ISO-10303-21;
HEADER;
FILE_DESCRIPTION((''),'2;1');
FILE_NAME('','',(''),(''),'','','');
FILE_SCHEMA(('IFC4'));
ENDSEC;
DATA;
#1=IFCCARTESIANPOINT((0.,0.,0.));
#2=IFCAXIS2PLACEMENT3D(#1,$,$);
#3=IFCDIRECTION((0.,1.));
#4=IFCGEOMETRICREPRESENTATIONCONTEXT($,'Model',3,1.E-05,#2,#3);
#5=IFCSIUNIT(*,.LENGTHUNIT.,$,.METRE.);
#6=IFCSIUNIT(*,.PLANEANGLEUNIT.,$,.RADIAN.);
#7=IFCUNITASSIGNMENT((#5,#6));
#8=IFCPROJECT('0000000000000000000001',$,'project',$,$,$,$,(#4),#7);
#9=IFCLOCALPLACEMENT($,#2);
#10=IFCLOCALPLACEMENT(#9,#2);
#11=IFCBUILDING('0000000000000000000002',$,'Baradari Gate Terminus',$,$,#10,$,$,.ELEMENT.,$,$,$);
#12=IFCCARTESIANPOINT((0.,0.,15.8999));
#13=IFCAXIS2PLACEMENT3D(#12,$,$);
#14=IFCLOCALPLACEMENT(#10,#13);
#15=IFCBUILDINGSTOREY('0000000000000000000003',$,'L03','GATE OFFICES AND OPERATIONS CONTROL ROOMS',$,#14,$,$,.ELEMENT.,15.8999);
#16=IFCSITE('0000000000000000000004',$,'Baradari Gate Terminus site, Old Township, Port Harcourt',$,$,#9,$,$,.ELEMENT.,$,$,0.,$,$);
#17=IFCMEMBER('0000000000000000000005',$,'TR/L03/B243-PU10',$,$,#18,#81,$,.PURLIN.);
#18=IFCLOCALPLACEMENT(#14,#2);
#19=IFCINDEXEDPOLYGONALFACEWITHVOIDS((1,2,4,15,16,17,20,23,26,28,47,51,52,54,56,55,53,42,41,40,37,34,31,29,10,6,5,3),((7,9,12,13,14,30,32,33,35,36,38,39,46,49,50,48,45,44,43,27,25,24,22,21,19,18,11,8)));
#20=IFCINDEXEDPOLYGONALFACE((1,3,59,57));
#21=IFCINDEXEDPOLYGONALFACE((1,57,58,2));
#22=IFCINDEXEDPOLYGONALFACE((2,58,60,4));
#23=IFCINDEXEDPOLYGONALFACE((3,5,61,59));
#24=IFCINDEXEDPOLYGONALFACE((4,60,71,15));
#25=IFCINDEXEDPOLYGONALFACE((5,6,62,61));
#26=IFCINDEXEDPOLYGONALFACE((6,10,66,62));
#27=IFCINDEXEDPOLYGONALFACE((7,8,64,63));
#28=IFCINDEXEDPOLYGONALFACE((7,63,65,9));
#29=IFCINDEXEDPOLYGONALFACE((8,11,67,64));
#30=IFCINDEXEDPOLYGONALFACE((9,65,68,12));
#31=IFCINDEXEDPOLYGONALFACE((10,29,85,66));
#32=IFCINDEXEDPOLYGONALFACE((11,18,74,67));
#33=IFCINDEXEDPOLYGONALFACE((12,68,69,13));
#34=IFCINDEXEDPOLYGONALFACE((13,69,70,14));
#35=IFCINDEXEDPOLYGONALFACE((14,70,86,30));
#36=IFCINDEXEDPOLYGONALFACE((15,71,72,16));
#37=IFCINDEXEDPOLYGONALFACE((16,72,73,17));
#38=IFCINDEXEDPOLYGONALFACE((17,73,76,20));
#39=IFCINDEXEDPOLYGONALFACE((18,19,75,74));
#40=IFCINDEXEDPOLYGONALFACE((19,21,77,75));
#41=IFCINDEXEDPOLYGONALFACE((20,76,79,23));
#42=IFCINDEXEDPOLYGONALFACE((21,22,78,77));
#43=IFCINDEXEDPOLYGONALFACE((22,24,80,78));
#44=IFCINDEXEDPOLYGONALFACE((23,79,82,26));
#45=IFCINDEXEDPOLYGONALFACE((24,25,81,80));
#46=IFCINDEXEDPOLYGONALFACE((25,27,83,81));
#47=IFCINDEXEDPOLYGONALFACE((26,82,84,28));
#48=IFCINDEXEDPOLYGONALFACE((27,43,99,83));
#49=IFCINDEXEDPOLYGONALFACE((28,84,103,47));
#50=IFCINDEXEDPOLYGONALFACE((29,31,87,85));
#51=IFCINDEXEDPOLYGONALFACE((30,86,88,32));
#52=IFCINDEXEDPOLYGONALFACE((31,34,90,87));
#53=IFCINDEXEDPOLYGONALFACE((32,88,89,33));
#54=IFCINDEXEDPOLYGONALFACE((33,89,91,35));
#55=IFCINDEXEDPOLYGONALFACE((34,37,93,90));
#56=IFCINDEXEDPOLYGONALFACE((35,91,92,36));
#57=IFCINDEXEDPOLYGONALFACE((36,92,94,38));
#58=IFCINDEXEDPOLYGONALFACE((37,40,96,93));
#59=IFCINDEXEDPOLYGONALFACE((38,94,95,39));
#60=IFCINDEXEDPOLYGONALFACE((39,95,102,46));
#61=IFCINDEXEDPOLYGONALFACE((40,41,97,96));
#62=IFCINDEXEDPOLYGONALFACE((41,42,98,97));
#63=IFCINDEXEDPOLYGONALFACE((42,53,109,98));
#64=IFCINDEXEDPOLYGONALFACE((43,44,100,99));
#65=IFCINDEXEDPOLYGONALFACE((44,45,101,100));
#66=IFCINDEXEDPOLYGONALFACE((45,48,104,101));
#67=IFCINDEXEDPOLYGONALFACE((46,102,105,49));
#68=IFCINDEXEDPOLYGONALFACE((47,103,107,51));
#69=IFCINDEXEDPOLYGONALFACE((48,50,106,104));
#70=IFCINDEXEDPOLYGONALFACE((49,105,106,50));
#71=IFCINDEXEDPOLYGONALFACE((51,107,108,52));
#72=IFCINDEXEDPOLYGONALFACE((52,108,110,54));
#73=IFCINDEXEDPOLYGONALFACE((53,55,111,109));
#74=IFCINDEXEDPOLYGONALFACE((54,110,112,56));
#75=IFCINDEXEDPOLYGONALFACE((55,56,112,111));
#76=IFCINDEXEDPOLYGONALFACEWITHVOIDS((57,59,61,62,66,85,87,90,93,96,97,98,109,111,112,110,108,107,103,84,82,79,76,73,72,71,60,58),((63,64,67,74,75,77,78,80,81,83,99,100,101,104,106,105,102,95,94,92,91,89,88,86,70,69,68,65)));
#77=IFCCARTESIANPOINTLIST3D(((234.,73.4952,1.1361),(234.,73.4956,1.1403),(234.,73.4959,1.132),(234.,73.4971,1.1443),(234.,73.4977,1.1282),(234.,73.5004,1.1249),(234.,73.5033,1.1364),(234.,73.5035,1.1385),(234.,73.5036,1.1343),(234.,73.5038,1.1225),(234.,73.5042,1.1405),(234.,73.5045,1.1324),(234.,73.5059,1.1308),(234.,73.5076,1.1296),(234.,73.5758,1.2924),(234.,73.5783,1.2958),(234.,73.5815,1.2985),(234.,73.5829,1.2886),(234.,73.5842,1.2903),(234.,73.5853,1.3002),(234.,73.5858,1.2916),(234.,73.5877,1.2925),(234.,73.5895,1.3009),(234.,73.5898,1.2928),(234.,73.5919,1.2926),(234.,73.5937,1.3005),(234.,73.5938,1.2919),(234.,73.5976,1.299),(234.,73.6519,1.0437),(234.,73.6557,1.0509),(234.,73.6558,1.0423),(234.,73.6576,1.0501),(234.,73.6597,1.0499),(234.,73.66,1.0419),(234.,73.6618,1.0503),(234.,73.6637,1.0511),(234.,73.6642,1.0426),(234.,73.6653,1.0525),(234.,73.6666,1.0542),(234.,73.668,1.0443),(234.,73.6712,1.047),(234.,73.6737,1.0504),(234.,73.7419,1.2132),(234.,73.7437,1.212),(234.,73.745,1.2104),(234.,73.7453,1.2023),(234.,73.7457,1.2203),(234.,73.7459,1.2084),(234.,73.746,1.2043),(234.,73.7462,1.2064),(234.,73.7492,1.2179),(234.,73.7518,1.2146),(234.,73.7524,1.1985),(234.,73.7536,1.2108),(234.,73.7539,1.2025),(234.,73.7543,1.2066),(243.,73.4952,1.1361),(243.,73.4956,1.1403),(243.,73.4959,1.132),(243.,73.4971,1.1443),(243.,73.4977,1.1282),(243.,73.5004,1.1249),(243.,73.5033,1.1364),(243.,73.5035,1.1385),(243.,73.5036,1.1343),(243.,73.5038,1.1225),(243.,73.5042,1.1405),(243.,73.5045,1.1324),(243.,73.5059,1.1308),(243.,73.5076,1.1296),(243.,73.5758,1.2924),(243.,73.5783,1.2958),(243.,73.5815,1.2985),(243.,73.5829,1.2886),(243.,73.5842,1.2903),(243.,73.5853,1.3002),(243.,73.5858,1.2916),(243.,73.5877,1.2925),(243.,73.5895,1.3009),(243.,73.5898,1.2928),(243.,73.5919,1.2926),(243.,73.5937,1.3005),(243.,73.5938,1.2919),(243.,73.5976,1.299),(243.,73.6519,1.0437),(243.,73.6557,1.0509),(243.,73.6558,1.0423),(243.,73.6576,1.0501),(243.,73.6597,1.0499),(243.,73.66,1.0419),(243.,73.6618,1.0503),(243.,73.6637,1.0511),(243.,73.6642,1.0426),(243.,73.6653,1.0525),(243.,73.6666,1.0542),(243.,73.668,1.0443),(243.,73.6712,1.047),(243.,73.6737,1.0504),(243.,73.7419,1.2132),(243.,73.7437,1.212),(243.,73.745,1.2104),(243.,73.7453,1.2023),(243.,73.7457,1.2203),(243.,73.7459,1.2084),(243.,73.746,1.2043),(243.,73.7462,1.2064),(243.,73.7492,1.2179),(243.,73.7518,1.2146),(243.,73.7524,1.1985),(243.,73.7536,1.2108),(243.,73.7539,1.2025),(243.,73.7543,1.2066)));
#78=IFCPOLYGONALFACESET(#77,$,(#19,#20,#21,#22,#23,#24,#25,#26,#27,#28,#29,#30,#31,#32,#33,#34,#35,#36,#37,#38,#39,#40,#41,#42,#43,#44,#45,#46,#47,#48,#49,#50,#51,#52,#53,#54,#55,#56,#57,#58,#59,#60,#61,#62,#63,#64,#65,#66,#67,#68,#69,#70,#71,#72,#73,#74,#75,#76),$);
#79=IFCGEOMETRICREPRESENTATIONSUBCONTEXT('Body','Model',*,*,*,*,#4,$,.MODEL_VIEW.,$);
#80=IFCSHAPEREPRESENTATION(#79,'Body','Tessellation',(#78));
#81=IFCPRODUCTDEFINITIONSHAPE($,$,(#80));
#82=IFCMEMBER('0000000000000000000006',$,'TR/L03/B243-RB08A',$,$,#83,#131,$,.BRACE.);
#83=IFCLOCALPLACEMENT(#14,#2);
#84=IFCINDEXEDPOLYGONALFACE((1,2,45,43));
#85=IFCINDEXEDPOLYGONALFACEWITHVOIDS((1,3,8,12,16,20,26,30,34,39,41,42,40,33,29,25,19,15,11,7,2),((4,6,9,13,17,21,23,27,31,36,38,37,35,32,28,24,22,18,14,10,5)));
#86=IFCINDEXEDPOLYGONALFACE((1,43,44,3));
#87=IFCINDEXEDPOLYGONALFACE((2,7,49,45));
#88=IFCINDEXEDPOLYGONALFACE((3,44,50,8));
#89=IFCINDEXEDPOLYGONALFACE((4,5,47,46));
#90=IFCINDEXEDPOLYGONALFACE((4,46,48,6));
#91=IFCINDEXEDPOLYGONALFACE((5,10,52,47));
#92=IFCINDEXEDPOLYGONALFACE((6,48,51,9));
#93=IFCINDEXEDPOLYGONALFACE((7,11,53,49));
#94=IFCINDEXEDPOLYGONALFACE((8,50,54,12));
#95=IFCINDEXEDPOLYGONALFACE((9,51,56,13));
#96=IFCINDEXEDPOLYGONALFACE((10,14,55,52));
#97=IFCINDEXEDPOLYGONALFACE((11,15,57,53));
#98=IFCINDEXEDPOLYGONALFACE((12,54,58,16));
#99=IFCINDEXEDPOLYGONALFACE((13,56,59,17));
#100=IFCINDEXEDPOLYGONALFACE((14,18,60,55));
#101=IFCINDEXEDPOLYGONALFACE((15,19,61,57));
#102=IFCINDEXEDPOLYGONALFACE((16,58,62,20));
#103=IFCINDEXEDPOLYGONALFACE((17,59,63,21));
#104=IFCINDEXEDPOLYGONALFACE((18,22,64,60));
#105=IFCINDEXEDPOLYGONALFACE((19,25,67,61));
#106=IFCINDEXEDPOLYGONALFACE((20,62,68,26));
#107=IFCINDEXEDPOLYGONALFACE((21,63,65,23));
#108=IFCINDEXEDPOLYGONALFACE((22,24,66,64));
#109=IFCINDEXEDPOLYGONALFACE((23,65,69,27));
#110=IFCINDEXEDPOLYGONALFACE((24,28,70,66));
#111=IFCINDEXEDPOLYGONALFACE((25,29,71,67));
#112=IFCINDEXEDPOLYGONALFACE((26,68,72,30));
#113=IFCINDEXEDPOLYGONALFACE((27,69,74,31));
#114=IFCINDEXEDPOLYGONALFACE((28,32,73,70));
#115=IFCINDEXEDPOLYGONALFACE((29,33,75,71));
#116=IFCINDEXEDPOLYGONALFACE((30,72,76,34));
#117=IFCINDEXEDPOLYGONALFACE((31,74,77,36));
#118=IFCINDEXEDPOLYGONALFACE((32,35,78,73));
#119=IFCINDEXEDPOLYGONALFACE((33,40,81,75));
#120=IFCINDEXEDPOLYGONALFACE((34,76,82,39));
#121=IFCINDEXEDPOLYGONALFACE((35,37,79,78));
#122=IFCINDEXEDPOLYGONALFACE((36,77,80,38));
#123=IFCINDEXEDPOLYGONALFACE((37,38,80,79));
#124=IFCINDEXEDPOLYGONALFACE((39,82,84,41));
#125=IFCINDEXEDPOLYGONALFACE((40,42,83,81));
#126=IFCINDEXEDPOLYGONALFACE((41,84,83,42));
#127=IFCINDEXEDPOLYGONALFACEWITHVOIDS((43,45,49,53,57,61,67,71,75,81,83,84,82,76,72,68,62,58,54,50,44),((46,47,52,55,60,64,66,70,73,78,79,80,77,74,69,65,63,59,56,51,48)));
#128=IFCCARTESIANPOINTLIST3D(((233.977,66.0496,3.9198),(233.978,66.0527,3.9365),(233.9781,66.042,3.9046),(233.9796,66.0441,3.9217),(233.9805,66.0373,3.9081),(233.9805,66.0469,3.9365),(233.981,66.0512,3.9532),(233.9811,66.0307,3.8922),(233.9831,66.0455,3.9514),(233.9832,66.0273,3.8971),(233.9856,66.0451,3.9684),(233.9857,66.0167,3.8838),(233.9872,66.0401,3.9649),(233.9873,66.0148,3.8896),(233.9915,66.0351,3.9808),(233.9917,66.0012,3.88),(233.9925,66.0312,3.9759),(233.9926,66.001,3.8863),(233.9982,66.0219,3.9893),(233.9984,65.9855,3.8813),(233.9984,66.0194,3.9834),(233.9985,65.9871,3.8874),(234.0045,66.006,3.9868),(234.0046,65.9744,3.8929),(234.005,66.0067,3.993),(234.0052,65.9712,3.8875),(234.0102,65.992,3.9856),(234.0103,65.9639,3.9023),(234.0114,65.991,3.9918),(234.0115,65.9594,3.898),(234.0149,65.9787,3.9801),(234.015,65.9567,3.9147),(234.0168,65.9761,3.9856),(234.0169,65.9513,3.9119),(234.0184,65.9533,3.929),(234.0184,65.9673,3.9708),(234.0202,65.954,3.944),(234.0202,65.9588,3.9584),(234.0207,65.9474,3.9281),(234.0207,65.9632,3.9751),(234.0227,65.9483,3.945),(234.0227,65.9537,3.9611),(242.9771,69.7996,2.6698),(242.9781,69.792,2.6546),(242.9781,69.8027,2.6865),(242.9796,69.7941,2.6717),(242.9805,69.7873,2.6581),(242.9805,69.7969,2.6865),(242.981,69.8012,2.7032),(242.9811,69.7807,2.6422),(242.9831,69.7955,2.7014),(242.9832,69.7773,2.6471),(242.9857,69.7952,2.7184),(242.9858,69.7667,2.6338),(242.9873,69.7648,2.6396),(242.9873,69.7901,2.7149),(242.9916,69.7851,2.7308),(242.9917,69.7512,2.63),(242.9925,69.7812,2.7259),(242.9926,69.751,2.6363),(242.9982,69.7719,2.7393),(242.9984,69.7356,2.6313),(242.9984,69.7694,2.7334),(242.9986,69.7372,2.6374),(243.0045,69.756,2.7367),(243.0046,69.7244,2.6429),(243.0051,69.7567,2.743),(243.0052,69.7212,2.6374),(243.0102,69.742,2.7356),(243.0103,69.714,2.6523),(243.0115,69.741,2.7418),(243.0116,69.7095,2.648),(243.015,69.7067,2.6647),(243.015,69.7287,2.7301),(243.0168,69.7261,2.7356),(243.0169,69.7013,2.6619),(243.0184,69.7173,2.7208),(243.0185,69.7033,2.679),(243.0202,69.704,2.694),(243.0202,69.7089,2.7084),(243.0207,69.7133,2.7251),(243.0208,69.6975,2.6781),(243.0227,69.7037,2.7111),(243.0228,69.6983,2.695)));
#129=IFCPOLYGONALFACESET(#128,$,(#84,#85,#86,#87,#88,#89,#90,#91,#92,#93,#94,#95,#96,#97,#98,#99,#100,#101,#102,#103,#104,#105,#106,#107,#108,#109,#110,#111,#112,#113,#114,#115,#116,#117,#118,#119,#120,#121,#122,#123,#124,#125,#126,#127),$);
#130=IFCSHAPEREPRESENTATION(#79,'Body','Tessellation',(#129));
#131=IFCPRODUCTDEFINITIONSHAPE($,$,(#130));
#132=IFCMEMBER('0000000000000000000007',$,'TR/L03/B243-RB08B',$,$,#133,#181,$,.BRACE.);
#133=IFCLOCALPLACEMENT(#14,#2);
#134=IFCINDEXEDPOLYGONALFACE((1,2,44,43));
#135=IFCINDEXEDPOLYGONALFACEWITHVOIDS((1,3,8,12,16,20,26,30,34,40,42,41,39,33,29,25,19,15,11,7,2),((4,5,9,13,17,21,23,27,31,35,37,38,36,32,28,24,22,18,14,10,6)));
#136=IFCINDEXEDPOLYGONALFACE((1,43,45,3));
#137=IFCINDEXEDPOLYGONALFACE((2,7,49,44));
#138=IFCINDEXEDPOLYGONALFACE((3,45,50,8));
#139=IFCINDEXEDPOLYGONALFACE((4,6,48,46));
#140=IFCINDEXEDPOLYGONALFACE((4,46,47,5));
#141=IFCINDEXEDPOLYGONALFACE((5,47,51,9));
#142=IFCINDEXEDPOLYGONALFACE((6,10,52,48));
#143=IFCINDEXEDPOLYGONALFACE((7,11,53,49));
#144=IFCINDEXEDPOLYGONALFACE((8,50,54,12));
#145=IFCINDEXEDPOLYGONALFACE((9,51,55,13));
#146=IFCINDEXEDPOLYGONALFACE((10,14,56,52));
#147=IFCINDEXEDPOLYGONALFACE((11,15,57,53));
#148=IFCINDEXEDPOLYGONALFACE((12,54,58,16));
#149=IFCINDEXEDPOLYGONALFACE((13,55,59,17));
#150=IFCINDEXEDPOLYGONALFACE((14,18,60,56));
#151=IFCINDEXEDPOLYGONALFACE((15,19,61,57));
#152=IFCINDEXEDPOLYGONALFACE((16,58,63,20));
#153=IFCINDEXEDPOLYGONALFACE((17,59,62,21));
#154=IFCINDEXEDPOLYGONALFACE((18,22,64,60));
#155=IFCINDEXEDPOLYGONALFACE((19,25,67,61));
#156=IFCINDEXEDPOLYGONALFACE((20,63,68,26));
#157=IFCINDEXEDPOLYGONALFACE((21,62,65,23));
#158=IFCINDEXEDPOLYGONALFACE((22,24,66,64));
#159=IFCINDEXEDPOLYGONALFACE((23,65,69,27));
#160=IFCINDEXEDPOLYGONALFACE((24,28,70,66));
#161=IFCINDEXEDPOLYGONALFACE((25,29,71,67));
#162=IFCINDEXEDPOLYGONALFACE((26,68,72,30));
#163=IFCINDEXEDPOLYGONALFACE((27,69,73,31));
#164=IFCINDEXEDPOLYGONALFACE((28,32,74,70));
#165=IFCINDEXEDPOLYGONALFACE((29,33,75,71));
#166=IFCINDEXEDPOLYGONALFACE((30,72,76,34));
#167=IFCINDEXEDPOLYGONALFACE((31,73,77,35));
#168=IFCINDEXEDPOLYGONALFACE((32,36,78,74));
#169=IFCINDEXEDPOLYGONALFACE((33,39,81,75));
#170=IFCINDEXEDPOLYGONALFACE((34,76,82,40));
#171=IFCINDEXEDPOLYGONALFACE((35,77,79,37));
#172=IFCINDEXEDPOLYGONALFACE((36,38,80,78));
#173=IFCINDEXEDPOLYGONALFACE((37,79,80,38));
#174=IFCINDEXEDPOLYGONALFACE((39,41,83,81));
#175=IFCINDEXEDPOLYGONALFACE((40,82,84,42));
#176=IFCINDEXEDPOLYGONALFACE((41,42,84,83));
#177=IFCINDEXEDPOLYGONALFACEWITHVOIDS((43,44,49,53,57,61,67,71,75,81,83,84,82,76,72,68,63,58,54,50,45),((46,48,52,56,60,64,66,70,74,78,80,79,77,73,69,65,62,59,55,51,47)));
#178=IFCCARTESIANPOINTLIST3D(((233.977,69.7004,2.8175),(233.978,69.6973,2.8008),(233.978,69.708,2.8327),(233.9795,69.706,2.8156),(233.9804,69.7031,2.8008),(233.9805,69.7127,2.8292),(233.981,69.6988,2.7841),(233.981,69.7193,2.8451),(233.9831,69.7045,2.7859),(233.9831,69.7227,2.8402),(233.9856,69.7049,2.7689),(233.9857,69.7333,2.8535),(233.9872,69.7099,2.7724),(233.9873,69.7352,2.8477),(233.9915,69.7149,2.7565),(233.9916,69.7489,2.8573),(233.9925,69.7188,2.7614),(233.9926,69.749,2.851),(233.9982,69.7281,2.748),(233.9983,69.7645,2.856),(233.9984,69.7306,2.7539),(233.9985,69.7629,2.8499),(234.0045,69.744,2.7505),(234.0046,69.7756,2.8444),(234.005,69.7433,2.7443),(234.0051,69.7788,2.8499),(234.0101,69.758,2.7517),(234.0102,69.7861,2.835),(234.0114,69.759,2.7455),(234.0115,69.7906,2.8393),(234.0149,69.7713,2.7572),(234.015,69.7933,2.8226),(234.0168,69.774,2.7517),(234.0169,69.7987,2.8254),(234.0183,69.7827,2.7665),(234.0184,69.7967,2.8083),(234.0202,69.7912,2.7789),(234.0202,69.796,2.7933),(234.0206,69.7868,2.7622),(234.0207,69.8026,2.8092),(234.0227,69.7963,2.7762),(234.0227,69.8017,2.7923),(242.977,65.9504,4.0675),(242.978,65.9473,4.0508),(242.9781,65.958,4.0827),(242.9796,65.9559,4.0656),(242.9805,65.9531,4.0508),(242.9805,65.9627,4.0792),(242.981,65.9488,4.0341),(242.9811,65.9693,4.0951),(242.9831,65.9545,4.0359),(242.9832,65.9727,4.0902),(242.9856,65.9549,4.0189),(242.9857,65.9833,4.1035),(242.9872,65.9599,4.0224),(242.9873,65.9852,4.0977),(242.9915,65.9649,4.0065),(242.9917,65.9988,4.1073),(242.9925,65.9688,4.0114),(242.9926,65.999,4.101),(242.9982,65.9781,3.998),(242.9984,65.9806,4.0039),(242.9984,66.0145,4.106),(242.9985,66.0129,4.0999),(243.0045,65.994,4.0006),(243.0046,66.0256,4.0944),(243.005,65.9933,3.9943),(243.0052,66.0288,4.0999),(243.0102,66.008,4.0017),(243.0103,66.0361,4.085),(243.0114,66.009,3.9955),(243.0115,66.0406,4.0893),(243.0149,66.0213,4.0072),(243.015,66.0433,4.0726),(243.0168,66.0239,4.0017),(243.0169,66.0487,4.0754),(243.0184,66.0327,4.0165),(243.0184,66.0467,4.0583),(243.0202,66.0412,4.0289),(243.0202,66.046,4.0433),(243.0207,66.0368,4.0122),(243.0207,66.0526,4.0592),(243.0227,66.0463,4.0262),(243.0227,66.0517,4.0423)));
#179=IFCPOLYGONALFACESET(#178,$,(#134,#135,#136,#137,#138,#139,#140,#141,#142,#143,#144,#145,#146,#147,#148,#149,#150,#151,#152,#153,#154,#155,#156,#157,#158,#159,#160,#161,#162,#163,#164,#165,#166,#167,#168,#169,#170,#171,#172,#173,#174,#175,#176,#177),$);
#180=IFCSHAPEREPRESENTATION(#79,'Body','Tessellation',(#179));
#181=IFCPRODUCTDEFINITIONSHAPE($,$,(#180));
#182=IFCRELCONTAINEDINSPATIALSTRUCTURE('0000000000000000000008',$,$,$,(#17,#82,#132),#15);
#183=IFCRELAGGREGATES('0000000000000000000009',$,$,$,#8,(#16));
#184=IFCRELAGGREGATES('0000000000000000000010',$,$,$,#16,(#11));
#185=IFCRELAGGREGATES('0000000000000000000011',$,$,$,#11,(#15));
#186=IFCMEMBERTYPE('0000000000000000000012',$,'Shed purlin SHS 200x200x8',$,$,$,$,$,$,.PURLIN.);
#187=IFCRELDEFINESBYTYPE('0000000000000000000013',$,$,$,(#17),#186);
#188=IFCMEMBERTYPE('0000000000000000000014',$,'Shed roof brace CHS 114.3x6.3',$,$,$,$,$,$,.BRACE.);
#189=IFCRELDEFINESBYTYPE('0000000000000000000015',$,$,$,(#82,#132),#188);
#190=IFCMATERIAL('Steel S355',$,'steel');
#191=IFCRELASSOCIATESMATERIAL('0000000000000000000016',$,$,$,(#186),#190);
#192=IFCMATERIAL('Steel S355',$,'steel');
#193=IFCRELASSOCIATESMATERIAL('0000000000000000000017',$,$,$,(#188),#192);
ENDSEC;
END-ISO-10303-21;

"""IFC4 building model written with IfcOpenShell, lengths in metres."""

from ifc_helpers import new_model, si_unit, direction, frame, origin, origin_2d, place, context, subcontext, project, spatial, hollow_rectangle, hollow_circle, extrude, material, material_profile, profile_set, type_object, element, save


model = new_model("IFC4")

# Units and contexts
model_context = context("Model", 3, precision=1e-05, world=origin(), true_north=direction((0.0, 1.0)))
body_context = subcontext(model_context, "Body", "Model", "MODEL_VIEW")
ifc_project = project(units=[si_unit("LENGTHUNIT", "METRE"), si_unit("PLANEANGLEUNIT", "RADIAN")], contexts=[model_context])

# Site, building, storey
site_placement = place(None, origin())
site = spatial("IfcSite", under=ifc_project, at=site_placement, Name="Baradari Gate Terminus site, Old Township, Port Harcourt", CompositionType="ELEMENT", RefElevation=0.0)
building_placement = place(site_placement, origin())
building = spatial("IfcBuilding", under=site, at=building_placement, Name="Baradari Gate Terminus", CompositionType="ELEMENT")
storey_placement = place(building_placement, frame((0.0, 0.0, 15.8999)))
storey = spatial("IfcBuildingStorey", under=building, at=storey_placement, Name="L03", Description="GATE OFFICES AND OPERATIONS CONTROL ROOMS", CompositionType="ELEMENT", Elevation=15.8999)

# Members
ifc_material_1 = material(Name="Steel S355", Category="steel")
ifc_material_profile_1 = material_profile(ifc_material_1, hollow_rectangle(XDim=0.2, YDim=0.2, WallThickness=0.0081, InnerFilletRadius=0.0081, OuterFilletRadius=0.0161, at=origin_2d()), Name="SHS 200x200x8")
ifc_profile_set_1 = profile_set([ifc_material_profile_1], Name="Steel S355")
member_type_1 = type_object("IfcMemberType", Name="Shed purlin SHS 200x200x8", PredefinedType="PURLIN", material=ifc_profile_set_1)
for number, where, z_axis, x_axis, name in (
    (1, (234.0, 73.6248, 1.1714), (1.0, 0.0, 0.0), (0.0, 0.883027, -0.469322), "TR/L03/B243-PU10"),
):
    element("IfcMember", number, at=place(storey_placement, frame(where, z_axis=z_axis, x_axis=x_axis)), inside=storey, type_object=member_type_1, Name=name, PredefinedType="PURLIN", context=body_context, shape_type="SweptSolid", body=[
        extrude(hollow_rectangle(XDim=0.2, YDim=0.2, WallThickness=0.0081, InnerFilletRadius=0.0081, OuterFilletRadius=0.0161, at=origin_2d()), origin(), (0.0, 0.0, 1.0), 9.0),
    ])
ifc_material_2 = material(Name="Steel S355", Category="steel")
ifc_material_profile_2 = material_profile(ifc_material_2, hollow_circle(Radius=0.0571, WallThickness=0.0063, at=origin_2d()), Name="CHS 114.3x6.3")
ifc_profile_set_2 = profile_set([ifc_material_profile_2], Name="Steel S355")
member_type_2 = type_object("IfcMemberType", Name="Shed roof brace CHS 114.3x6.3", PredefinedType="BRACE", material=ifc_profile_set_2)
for number, where, z_axis, x_axis, name in (
    (2, (234.0, 66.0, 3.9365), (0.915583, 0.381493, -0.127164), (-0.384615, 0.923077, 0.0), "TR/L03/B243-RB08A"),
    (3, (243.0, 66.0, 4.0508), (-0.915583, 0.381493, -0.127164), (-0.384615, -0.923077, 0.0), "TR/L03/B243-RB08B"),
):
    element("IfcMember", number, at=place(storey_placement, frame(where, z_axis=z_axis, x_axis=x_axis)), inside=storey, type_object=member_type_2, Name=name, PredefinedType="BRACE", context=body_context, shape_type="SweptSolid", body=[
        extrude(hollow_circle(Radius=0.0571, WallThickness=0.0063, at=origin_2d()), origin(), (0.0, 0.0, 1.0), 9.8298),
    ])

save(model, "model.ifc")
